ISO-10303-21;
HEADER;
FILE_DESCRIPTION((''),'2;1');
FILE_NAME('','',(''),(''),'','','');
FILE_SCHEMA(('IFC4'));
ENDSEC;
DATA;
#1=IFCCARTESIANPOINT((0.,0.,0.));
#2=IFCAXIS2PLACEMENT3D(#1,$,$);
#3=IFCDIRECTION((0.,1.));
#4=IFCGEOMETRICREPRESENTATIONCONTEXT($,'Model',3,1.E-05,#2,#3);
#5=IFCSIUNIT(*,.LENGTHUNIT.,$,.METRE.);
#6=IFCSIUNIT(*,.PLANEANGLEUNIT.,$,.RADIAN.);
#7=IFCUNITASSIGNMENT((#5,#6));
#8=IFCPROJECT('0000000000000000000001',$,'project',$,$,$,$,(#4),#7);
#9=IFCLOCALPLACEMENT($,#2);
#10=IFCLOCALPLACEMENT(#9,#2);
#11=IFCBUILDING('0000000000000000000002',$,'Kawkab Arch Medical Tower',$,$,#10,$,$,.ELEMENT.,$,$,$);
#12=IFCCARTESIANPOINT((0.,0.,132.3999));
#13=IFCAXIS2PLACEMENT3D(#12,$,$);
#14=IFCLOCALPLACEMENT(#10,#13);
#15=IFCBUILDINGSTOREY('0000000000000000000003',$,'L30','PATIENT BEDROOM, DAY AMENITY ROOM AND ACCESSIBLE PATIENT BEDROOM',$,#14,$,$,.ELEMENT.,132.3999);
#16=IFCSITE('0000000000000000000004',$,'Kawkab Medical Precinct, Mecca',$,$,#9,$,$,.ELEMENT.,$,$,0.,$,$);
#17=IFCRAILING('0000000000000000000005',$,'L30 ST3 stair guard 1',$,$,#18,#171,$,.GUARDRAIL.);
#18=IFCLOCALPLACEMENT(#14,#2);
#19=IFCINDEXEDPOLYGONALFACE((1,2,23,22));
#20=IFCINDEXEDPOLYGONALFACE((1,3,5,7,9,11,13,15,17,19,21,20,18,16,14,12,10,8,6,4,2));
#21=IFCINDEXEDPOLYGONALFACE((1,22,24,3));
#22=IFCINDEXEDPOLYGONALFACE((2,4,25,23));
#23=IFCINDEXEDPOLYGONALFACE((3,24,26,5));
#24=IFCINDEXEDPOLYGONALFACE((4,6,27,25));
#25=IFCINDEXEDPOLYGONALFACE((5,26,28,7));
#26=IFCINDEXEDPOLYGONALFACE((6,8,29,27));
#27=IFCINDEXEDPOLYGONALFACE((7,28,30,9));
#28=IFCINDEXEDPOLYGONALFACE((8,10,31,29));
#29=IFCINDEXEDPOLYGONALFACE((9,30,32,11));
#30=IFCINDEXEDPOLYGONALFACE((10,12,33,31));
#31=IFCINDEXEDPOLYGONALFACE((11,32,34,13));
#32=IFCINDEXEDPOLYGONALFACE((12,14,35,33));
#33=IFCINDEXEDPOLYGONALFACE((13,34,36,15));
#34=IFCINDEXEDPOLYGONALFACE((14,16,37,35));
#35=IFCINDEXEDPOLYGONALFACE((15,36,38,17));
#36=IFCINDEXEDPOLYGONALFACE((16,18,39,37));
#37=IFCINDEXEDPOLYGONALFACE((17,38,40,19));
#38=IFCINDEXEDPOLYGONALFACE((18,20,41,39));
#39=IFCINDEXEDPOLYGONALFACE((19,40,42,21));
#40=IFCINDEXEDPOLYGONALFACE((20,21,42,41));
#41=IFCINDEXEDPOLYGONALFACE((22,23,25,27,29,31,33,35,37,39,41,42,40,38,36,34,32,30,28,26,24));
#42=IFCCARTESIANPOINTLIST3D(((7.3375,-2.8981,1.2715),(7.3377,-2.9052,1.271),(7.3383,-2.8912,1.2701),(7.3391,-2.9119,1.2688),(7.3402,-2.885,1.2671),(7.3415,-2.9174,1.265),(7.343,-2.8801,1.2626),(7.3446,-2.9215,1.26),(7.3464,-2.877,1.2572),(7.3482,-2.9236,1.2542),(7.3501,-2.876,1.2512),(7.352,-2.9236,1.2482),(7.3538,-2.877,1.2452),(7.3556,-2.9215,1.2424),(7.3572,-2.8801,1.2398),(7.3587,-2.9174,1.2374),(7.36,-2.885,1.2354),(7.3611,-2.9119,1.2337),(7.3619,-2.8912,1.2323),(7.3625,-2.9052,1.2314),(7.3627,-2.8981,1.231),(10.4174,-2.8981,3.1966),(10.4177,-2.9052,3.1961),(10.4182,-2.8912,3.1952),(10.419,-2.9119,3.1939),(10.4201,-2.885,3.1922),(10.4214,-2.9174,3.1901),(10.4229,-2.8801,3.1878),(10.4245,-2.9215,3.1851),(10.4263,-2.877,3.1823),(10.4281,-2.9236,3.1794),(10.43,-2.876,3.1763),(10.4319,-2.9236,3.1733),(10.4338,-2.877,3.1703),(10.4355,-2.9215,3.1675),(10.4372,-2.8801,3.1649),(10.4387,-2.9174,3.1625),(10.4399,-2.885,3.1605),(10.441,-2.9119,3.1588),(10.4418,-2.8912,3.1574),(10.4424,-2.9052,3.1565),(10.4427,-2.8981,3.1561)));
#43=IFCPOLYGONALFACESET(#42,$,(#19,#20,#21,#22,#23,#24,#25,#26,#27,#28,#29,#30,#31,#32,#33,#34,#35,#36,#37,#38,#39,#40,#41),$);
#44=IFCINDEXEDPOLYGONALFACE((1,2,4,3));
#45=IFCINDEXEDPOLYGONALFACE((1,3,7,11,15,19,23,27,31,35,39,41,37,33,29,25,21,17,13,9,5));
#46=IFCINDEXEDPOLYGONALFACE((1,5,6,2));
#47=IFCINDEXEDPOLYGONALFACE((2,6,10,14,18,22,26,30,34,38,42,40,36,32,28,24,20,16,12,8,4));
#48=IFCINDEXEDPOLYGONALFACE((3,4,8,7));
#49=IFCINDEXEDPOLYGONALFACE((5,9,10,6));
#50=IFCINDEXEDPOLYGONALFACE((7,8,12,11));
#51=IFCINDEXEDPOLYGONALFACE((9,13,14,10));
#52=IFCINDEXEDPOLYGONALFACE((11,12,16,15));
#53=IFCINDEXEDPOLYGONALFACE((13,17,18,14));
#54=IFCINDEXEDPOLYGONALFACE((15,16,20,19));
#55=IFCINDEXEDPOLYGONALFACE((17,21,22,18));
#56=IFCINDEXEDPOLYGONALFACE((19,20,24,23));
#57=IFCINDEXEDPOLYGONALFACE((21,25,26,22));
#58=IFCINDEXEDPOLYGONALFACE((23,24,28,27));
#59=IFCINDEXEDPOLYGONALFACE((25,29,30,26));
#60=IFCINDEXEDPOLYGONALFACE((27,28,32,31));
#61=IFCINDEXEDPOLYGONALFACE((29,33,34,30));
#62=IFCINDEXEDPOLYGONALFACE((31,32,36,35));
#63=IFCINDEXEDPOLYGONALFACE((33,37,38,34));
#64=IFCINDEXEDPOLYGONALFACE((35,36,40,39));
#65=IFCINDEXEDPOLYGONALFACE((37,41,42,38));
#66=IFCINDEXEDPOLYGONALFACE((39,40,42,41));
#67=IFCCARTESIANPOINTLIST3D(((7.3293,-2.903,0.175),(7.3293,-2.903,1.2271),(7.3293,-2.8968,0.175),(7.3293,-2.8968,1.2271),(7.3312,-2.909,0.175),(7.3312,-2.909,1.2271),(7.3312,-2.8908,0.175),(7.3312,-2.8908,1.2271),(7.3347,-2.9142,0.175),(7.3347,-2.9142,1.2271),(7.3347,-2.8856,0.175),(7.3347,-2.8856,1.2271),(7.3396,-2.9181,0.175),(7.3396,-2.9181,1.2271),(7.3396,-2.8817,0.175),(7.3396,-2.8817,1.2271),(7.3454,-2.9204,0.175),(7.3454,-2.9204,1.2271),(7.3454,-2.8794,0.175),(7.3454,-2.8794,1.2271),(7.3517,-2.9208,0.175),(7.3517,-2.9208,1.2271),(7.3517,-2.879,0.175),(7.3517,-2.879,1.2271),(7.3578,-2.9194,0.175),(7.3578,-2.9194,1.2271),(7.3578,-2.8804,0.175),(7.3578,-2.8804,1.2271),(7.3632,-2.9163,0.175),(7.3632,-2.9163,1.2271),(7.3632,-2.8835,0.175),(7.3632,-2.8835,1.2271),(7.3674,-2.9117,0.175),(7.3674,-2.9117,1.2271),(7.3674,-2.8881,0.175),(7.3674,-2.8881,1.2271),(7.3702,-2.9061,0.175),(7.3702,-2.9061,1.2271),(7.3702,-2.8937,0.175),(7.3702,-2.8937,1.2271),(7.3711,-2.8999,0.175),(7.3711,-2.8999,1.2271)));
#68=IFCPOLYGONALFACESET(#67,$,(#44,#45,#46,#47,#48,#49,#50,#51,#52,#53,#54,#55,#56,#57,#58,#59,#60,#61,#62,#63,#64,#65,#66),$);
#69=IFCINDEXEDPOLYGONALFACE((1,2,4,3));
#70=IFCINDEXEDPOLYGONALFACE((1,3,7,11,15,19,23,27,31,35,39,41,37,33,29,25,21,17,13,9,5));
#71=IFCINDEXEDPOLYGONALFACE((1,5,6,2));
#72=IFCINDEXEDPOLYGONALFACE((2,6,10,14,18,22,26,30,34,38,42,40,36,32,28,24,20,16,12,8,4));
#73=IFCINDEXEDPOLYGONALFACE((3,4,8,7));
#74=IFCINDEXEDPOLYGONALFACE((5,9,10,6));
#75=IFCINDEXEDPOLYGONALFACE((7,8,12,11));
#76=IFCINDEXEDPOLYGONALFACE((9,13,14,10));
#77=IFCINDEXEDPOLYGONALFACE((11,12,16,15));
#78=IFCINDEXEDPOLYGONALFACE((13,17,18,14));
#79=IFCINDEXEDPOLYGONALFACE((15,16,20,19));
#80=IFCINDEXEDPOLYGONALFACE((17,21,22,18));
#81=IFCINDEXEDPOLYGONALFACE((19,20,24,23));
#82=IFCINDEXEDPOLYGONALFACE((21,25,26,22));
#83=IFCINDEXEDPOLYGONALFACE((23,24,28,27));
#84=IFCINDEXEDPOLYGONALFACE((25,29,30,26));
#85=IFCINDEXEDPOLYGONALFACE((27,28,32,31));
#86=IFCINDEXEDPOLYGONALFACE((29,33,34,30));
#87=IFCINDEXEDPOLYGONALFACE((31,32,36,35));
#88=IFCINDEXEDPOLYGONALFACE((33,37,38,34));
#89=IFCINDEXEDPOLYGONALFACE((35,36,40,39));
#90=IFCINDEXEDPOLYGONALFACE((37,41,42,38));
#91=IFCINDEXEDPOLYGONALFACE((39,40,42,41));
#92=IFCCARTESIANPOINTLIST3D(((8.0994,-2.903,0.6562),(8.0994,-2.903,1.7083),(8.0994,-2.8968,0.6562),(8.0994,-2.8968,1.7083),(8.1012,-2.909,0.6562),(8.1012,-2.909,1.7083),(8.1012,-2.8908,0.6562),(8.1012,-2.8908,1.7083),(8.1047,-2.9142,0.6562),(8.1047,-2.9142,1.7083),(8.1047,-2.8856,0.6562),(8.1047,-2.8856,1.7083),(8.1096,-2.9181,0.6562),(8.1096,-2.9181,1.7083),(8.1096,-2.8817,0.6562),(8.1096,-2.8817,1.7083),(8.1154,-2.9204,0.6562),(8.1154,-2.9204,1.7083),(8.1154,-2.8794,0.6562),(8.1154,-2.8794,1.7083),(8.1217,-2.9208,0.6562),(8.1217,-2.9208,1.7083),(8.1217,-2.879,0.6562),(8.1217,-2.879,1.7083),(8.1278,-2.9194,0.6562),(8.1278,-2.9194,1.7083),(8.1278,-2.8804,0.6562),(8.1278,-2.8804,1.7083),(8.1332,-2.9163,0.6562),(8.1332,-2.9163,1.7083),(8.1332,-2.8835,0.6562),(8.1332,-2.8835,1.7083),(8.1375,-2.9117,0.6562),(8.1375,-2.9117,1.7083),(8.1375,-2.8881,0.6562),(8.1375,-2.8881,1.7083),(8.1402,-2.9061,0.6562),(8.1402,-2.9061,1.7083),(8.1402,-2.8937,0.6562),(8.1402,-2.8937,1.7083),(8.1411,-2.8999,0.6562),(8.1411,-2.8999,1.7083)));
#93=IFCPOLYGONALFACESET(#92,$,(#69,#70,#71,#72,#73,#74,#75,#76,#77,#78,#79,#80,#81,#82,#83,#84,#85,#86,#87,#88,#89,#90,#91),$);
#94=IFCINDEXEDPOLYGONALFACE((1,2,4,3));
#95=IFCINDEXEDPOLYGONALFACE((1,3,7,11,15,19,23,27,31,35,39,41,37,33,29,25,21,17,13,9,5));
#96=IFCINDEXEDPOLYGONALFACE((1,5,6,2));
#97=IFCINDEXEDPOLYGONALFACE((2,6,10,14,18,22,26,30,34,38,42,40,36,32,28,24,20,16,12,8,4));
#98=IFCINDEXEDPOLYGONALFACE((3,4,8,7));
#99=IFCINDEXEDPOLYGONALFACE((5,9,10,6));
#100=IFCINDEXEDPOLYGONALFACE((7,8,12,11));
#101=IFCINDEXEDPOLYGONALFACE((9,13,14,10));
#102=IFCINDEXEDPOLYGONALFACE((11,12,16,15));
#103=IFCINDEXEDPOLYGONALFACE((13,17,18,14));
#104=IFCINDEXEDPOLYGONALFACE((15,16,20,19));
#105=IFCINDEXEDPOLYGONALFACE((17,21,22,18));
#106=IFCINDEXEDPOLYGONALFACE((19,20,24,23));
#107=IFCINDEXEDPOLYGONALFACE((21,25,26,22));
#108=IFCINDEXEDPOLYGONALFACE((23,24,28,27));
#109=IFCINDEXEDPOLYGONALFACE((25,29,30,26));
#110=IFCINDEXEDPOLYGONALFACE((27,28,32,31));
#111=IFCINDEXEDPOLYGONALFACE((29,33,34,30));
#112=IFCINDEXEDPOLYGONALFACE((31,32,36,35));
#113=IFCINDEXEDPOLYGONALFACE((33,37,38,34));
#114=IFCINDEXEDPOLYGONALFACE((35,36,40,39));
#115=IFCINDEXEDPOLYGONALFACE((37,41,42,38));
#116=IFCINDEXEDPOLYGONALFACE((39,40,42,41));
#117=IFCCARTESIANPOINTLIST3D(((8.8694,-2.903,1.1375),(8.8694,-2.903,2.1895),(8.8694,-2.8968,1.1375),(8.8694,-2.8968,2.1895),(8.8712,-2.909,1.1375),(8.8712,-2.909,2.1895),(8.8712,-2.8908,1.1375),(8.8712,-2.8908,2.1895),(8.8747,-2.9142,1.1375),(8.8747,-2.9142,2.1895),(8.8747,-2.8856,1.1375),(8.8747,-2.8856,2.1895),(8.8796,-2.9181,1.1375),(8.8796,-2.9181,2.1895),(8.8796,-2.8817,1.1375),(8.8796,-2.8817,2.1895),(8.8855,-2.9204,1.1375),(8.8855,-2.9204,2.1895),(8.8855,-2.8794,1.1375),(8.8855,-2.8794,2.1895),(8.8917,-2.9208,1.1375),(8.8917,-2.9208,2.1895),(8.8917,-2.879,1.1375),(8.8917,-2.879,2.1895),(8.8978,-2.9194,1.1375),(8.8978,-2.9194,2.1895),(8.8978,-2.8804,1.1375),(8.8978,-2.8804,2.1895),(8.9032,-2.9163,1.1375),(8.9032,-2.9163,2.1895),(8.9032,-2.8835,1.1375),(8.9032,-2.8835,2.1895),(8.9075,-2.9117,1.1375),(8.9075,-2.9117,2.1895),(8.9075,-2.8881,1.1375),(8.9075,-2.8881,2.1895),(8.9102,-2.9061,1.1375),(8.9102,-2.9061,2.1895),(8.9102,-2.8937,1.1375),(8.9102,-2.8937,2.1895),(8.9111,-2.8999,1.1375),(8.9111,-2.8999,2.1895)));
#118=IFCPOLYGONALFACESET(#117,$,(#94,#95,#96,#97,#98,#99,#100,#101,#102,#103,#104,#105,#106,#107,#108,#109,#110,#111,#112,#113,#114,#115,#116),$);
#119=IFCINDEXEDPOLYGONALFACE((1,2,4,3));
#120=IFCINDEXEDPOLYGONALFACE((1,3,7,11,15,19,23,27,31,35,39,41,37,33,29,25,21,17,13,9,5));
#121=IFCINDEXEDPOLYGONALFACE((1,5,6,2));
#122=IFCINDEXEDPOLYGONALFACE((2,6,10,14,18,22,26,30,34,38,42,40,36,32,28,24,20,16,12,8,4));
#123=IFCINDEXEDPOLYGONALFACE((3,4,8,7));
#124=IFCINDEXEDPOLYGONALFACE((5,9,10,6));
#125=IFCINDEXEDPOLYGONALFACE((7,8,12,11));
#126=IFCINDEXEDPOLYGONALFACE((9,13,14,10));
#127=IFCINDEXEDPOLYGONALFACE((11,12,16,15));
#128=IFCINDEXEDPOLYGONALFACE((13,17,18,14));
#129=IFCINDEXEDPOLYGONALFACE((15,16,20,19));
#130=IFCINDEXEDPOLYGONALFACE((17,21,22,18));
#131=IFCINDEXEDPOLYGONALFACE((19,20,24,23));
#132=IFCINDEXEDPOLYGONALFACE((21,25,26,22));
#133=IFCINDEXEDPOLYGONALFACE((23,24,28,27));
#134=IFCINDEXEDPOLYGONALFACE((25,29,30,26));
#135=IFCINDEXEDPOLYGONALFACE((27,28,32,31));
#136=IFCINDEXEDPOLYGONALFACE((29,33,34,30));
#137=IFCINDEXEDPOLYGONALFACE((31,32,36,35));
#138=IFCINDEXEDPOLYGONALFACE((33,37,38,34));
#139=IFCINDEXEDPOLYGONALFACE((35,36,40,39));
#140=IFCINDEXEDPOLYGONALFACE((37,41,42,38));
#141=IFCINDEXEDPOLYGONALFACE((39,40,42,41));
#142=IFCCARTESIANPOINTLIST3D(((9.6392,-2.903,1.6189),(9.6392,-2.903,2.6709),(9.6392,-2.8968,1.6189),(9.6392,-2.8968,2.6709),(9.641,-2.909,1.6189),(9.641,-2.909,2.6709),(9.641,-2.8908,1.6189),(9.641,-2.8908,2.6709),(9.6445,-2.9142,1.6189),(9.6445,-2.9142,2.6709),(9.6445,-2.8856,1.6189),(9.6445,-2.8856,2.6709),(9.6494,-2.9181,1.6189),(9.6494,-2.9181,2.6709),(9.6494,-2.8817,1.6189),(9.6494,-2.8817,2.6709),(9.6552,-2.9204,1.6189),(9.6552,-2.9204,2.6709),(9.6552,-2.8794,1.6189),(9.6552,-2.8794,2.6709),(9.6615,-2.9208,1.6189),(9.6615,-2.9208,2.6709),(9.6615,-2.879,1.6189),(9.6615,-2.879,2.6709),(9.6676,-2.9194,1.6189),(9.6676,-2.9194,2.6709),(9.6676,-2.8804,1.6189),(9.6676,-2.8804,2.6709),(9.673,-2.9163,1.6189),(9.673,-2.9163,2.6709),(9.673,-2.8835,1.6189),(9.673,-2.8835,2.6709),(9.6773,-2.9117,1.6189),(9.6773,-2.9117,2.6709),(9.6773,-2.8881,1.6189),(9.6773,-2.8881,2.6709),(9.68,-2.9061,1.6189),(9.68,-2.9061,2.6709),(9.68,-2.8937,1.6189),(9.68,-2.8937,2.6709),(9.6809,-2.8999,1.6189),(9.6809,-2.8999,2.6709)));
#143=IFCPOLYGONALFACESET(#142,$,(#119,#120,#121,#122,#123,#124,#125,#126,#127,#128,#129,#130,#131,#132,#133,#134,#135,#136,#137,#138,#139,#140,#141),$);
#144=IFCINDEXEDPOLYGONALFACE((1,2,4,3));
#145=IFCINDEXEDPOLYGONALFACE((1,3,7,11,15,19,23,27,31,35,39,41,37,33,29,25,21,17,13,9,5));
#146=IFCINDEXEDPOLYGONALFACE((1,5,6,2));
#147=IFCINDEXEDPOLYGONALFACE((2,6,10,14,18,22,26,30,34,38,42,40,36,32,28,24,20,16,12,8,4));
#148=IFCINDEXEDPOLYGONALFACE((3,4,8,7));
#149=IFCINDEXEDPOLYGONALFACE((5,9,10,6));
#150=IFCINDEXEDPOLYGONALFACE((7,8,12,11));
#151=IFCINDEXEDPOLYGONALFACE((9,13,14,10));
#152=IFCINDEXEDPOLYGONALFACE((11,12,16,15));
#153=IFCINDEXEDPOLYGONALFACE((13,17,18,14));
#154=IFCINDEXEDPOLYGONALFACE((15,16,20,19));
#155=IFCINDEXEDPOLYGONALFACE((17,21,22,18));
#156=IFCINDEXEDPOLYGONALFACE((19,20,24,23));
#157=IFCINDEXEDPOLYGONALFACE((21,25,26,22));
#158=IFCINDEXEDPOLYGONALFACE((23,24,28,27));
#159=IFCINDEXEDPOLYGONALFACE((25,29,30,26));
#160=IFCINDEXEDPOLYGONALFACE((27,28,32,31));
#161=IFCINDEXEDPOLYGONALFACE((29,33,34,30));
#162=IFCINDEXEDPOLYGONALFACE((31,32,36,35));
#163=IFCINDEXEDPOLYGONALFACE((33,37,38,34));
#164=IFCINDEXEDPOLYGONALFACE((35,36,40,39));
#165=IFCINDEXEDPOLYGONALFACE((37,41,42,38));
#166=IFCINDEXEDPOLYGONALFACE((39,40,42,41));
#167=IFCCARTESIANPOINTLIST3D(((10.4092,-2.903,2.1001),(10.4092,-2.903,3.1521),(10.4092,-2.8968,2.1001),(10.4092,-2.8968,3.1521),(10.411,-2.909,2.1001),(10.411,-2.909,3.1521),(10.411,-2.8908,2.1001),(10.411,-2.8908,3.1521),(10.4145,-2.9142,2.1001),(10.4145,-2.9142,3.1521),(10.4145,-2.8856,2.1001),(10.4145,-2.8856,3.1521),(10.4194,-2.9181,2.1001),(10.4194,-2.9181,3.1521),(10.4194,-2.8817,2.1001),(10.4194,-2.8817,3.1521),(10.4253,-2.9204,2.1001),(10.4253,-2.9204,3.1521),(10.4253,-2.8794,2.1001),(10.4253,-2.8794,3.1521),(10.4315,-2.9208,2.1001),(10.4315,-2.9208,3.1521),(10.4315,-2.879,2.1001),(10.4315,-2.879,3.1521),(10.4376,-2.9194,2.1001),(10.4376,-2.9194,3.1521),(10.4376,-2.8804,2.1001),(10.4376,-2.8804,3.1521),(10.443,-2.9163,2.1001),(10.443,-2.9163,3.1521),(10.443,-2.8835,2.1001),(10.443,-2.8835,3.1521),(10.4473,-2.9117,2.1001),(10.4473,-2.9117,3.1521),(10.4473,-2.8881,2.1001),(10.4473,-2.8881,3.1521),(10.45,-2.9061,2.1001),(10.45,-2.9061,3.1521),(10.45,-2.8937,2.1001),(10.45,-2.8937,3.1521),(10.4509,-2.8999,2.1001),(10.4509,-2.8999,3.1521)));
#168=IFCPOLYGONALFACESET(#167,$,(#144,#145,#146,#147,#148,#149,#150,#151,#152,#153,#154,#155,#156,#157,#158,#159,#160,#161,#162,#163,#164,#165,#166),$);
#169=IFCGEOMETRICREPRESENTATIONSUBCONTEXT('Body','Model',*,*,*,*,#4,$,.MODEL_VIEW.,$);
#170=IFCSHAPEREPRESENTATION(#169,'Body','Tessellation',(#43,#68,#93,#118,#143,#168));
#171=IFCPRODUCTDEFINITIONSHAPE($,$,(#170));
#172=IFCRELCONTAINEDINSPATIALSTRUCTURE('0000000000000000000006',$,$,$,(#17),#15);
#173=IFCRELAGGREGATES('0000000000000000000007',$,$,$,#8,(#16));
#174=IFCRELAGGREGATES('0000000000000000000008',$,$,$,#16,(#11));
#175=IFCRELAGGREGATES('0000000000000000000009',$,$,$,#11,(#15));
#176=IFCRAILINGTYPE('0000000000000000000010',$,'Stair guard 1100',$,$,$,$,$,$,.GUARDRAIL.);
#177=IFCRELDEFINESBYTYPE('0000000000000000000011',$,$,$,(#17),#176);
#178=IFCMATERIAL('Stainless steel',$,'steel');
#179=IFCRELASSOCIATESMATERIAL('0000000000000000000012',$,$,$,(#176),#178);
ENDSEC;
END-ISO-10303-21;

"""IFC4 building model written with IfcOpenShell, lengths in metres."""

from ifc_helpers import new_model, si_unit, direction, frame, origin, origin_2d, place, context, subcontext, project, spatial, circle, extrude, material, type_object, element, save


model = new_model("IFC4")

# Units and contexts
model_context = context("Model", 3, precision=1e-05, world=origin(), true_north=direction((0.0, 1.0)))
body_context = subcontext(model_context, "Body", "Model", "MODEL_VIEW")
ifc_project = project(units=[si_unit("LENGTHUNIT", "METRE"), si_unit("PLANEANGLEUNIT", "RADIAN")], contexts=[model_context])

# Site, building, storey
site_placement = place(None, origin())
site = spatial("IfcSite", under=ifc_project, at=site_placement, Name="Kawkab Medical Precinct, Mecca", CompositionType="ELEMENT", RefElevation=0.0)
building_placement = place(site_placement, origin())
building = spatial("IfcBuilding", under=site, at=building_placement, Name="Kawkab Arch Medical Tower", CompositionType="ELEMENT")
storey_placement = place(building_placement, frame((0.0, 0.0, 132.3999)))
storey = spatial("IfcBuildingStorey", under=building, at=storey_placement, Name="L30", Description="PATIENT BEDROOM, DAY AMENITY ROOM AND ACCESSIBLE PATIENT BEDROOM", CompositionType="ELEMENT", Elevation=132.3999)

# Railing
ifc_material_1 = material(Name="Stainless steel", Category="steel")
railing_type_1 = type_object("IfcRailingType", Name="Stair guard 1100", PredefinedType="GUARDRAIL", material=ifc_material_1)
railing_1_placement = place(storey_placement, frame((7.3501, -2.8999, 0.175)))
element("IfcRailing", 1, at=railing_1_placement, inside=storey, type_object=railing_type_1, Name="L30 ST3 stair guard 1", PredefinedType="GUARDRAIL", context=body_context, shape_type="SweptSolid", body=[
    extrude(circle(Radius=0.0239, at=origin_2d()), frame((0.0, 0.0, 1.0762), z_axis=(0.847979, 0.0, 0.530029), x_axis=(0.0, 1.0, 0.0)), (0.0, 0.0, 1.0), 3.6321),
    extrude(circle(Radius=0.021, at=origin_2d()), origin(), (0.0, 0.0, 1.0), 1.052),
    extrude(circle(Radius=0.021, at=origin_2d()), frame((0.77, 0.0, 0.4812)), (0.0, 0.0, 1.0), 1.052),
    extrude(circle(Radius=0.021, at=origin_2d()), frame((1.54, 0.0, 0.9624)), (0.0, 0.0, 1.0), 1.052),
    extrude(circle(Radius=0.021, at=origin_2d()), frame((2.3098, 0.0, 1.4438)), (0.0, 0.0, 1.0), 1.052),
    extrude(circle(Radius=0.021, at=origin_2d()), frame((3.0798, 0.0, 1.925)), (0.0, 0.0, 1.0), 1.052),
])

save(model, "model.ifc")
